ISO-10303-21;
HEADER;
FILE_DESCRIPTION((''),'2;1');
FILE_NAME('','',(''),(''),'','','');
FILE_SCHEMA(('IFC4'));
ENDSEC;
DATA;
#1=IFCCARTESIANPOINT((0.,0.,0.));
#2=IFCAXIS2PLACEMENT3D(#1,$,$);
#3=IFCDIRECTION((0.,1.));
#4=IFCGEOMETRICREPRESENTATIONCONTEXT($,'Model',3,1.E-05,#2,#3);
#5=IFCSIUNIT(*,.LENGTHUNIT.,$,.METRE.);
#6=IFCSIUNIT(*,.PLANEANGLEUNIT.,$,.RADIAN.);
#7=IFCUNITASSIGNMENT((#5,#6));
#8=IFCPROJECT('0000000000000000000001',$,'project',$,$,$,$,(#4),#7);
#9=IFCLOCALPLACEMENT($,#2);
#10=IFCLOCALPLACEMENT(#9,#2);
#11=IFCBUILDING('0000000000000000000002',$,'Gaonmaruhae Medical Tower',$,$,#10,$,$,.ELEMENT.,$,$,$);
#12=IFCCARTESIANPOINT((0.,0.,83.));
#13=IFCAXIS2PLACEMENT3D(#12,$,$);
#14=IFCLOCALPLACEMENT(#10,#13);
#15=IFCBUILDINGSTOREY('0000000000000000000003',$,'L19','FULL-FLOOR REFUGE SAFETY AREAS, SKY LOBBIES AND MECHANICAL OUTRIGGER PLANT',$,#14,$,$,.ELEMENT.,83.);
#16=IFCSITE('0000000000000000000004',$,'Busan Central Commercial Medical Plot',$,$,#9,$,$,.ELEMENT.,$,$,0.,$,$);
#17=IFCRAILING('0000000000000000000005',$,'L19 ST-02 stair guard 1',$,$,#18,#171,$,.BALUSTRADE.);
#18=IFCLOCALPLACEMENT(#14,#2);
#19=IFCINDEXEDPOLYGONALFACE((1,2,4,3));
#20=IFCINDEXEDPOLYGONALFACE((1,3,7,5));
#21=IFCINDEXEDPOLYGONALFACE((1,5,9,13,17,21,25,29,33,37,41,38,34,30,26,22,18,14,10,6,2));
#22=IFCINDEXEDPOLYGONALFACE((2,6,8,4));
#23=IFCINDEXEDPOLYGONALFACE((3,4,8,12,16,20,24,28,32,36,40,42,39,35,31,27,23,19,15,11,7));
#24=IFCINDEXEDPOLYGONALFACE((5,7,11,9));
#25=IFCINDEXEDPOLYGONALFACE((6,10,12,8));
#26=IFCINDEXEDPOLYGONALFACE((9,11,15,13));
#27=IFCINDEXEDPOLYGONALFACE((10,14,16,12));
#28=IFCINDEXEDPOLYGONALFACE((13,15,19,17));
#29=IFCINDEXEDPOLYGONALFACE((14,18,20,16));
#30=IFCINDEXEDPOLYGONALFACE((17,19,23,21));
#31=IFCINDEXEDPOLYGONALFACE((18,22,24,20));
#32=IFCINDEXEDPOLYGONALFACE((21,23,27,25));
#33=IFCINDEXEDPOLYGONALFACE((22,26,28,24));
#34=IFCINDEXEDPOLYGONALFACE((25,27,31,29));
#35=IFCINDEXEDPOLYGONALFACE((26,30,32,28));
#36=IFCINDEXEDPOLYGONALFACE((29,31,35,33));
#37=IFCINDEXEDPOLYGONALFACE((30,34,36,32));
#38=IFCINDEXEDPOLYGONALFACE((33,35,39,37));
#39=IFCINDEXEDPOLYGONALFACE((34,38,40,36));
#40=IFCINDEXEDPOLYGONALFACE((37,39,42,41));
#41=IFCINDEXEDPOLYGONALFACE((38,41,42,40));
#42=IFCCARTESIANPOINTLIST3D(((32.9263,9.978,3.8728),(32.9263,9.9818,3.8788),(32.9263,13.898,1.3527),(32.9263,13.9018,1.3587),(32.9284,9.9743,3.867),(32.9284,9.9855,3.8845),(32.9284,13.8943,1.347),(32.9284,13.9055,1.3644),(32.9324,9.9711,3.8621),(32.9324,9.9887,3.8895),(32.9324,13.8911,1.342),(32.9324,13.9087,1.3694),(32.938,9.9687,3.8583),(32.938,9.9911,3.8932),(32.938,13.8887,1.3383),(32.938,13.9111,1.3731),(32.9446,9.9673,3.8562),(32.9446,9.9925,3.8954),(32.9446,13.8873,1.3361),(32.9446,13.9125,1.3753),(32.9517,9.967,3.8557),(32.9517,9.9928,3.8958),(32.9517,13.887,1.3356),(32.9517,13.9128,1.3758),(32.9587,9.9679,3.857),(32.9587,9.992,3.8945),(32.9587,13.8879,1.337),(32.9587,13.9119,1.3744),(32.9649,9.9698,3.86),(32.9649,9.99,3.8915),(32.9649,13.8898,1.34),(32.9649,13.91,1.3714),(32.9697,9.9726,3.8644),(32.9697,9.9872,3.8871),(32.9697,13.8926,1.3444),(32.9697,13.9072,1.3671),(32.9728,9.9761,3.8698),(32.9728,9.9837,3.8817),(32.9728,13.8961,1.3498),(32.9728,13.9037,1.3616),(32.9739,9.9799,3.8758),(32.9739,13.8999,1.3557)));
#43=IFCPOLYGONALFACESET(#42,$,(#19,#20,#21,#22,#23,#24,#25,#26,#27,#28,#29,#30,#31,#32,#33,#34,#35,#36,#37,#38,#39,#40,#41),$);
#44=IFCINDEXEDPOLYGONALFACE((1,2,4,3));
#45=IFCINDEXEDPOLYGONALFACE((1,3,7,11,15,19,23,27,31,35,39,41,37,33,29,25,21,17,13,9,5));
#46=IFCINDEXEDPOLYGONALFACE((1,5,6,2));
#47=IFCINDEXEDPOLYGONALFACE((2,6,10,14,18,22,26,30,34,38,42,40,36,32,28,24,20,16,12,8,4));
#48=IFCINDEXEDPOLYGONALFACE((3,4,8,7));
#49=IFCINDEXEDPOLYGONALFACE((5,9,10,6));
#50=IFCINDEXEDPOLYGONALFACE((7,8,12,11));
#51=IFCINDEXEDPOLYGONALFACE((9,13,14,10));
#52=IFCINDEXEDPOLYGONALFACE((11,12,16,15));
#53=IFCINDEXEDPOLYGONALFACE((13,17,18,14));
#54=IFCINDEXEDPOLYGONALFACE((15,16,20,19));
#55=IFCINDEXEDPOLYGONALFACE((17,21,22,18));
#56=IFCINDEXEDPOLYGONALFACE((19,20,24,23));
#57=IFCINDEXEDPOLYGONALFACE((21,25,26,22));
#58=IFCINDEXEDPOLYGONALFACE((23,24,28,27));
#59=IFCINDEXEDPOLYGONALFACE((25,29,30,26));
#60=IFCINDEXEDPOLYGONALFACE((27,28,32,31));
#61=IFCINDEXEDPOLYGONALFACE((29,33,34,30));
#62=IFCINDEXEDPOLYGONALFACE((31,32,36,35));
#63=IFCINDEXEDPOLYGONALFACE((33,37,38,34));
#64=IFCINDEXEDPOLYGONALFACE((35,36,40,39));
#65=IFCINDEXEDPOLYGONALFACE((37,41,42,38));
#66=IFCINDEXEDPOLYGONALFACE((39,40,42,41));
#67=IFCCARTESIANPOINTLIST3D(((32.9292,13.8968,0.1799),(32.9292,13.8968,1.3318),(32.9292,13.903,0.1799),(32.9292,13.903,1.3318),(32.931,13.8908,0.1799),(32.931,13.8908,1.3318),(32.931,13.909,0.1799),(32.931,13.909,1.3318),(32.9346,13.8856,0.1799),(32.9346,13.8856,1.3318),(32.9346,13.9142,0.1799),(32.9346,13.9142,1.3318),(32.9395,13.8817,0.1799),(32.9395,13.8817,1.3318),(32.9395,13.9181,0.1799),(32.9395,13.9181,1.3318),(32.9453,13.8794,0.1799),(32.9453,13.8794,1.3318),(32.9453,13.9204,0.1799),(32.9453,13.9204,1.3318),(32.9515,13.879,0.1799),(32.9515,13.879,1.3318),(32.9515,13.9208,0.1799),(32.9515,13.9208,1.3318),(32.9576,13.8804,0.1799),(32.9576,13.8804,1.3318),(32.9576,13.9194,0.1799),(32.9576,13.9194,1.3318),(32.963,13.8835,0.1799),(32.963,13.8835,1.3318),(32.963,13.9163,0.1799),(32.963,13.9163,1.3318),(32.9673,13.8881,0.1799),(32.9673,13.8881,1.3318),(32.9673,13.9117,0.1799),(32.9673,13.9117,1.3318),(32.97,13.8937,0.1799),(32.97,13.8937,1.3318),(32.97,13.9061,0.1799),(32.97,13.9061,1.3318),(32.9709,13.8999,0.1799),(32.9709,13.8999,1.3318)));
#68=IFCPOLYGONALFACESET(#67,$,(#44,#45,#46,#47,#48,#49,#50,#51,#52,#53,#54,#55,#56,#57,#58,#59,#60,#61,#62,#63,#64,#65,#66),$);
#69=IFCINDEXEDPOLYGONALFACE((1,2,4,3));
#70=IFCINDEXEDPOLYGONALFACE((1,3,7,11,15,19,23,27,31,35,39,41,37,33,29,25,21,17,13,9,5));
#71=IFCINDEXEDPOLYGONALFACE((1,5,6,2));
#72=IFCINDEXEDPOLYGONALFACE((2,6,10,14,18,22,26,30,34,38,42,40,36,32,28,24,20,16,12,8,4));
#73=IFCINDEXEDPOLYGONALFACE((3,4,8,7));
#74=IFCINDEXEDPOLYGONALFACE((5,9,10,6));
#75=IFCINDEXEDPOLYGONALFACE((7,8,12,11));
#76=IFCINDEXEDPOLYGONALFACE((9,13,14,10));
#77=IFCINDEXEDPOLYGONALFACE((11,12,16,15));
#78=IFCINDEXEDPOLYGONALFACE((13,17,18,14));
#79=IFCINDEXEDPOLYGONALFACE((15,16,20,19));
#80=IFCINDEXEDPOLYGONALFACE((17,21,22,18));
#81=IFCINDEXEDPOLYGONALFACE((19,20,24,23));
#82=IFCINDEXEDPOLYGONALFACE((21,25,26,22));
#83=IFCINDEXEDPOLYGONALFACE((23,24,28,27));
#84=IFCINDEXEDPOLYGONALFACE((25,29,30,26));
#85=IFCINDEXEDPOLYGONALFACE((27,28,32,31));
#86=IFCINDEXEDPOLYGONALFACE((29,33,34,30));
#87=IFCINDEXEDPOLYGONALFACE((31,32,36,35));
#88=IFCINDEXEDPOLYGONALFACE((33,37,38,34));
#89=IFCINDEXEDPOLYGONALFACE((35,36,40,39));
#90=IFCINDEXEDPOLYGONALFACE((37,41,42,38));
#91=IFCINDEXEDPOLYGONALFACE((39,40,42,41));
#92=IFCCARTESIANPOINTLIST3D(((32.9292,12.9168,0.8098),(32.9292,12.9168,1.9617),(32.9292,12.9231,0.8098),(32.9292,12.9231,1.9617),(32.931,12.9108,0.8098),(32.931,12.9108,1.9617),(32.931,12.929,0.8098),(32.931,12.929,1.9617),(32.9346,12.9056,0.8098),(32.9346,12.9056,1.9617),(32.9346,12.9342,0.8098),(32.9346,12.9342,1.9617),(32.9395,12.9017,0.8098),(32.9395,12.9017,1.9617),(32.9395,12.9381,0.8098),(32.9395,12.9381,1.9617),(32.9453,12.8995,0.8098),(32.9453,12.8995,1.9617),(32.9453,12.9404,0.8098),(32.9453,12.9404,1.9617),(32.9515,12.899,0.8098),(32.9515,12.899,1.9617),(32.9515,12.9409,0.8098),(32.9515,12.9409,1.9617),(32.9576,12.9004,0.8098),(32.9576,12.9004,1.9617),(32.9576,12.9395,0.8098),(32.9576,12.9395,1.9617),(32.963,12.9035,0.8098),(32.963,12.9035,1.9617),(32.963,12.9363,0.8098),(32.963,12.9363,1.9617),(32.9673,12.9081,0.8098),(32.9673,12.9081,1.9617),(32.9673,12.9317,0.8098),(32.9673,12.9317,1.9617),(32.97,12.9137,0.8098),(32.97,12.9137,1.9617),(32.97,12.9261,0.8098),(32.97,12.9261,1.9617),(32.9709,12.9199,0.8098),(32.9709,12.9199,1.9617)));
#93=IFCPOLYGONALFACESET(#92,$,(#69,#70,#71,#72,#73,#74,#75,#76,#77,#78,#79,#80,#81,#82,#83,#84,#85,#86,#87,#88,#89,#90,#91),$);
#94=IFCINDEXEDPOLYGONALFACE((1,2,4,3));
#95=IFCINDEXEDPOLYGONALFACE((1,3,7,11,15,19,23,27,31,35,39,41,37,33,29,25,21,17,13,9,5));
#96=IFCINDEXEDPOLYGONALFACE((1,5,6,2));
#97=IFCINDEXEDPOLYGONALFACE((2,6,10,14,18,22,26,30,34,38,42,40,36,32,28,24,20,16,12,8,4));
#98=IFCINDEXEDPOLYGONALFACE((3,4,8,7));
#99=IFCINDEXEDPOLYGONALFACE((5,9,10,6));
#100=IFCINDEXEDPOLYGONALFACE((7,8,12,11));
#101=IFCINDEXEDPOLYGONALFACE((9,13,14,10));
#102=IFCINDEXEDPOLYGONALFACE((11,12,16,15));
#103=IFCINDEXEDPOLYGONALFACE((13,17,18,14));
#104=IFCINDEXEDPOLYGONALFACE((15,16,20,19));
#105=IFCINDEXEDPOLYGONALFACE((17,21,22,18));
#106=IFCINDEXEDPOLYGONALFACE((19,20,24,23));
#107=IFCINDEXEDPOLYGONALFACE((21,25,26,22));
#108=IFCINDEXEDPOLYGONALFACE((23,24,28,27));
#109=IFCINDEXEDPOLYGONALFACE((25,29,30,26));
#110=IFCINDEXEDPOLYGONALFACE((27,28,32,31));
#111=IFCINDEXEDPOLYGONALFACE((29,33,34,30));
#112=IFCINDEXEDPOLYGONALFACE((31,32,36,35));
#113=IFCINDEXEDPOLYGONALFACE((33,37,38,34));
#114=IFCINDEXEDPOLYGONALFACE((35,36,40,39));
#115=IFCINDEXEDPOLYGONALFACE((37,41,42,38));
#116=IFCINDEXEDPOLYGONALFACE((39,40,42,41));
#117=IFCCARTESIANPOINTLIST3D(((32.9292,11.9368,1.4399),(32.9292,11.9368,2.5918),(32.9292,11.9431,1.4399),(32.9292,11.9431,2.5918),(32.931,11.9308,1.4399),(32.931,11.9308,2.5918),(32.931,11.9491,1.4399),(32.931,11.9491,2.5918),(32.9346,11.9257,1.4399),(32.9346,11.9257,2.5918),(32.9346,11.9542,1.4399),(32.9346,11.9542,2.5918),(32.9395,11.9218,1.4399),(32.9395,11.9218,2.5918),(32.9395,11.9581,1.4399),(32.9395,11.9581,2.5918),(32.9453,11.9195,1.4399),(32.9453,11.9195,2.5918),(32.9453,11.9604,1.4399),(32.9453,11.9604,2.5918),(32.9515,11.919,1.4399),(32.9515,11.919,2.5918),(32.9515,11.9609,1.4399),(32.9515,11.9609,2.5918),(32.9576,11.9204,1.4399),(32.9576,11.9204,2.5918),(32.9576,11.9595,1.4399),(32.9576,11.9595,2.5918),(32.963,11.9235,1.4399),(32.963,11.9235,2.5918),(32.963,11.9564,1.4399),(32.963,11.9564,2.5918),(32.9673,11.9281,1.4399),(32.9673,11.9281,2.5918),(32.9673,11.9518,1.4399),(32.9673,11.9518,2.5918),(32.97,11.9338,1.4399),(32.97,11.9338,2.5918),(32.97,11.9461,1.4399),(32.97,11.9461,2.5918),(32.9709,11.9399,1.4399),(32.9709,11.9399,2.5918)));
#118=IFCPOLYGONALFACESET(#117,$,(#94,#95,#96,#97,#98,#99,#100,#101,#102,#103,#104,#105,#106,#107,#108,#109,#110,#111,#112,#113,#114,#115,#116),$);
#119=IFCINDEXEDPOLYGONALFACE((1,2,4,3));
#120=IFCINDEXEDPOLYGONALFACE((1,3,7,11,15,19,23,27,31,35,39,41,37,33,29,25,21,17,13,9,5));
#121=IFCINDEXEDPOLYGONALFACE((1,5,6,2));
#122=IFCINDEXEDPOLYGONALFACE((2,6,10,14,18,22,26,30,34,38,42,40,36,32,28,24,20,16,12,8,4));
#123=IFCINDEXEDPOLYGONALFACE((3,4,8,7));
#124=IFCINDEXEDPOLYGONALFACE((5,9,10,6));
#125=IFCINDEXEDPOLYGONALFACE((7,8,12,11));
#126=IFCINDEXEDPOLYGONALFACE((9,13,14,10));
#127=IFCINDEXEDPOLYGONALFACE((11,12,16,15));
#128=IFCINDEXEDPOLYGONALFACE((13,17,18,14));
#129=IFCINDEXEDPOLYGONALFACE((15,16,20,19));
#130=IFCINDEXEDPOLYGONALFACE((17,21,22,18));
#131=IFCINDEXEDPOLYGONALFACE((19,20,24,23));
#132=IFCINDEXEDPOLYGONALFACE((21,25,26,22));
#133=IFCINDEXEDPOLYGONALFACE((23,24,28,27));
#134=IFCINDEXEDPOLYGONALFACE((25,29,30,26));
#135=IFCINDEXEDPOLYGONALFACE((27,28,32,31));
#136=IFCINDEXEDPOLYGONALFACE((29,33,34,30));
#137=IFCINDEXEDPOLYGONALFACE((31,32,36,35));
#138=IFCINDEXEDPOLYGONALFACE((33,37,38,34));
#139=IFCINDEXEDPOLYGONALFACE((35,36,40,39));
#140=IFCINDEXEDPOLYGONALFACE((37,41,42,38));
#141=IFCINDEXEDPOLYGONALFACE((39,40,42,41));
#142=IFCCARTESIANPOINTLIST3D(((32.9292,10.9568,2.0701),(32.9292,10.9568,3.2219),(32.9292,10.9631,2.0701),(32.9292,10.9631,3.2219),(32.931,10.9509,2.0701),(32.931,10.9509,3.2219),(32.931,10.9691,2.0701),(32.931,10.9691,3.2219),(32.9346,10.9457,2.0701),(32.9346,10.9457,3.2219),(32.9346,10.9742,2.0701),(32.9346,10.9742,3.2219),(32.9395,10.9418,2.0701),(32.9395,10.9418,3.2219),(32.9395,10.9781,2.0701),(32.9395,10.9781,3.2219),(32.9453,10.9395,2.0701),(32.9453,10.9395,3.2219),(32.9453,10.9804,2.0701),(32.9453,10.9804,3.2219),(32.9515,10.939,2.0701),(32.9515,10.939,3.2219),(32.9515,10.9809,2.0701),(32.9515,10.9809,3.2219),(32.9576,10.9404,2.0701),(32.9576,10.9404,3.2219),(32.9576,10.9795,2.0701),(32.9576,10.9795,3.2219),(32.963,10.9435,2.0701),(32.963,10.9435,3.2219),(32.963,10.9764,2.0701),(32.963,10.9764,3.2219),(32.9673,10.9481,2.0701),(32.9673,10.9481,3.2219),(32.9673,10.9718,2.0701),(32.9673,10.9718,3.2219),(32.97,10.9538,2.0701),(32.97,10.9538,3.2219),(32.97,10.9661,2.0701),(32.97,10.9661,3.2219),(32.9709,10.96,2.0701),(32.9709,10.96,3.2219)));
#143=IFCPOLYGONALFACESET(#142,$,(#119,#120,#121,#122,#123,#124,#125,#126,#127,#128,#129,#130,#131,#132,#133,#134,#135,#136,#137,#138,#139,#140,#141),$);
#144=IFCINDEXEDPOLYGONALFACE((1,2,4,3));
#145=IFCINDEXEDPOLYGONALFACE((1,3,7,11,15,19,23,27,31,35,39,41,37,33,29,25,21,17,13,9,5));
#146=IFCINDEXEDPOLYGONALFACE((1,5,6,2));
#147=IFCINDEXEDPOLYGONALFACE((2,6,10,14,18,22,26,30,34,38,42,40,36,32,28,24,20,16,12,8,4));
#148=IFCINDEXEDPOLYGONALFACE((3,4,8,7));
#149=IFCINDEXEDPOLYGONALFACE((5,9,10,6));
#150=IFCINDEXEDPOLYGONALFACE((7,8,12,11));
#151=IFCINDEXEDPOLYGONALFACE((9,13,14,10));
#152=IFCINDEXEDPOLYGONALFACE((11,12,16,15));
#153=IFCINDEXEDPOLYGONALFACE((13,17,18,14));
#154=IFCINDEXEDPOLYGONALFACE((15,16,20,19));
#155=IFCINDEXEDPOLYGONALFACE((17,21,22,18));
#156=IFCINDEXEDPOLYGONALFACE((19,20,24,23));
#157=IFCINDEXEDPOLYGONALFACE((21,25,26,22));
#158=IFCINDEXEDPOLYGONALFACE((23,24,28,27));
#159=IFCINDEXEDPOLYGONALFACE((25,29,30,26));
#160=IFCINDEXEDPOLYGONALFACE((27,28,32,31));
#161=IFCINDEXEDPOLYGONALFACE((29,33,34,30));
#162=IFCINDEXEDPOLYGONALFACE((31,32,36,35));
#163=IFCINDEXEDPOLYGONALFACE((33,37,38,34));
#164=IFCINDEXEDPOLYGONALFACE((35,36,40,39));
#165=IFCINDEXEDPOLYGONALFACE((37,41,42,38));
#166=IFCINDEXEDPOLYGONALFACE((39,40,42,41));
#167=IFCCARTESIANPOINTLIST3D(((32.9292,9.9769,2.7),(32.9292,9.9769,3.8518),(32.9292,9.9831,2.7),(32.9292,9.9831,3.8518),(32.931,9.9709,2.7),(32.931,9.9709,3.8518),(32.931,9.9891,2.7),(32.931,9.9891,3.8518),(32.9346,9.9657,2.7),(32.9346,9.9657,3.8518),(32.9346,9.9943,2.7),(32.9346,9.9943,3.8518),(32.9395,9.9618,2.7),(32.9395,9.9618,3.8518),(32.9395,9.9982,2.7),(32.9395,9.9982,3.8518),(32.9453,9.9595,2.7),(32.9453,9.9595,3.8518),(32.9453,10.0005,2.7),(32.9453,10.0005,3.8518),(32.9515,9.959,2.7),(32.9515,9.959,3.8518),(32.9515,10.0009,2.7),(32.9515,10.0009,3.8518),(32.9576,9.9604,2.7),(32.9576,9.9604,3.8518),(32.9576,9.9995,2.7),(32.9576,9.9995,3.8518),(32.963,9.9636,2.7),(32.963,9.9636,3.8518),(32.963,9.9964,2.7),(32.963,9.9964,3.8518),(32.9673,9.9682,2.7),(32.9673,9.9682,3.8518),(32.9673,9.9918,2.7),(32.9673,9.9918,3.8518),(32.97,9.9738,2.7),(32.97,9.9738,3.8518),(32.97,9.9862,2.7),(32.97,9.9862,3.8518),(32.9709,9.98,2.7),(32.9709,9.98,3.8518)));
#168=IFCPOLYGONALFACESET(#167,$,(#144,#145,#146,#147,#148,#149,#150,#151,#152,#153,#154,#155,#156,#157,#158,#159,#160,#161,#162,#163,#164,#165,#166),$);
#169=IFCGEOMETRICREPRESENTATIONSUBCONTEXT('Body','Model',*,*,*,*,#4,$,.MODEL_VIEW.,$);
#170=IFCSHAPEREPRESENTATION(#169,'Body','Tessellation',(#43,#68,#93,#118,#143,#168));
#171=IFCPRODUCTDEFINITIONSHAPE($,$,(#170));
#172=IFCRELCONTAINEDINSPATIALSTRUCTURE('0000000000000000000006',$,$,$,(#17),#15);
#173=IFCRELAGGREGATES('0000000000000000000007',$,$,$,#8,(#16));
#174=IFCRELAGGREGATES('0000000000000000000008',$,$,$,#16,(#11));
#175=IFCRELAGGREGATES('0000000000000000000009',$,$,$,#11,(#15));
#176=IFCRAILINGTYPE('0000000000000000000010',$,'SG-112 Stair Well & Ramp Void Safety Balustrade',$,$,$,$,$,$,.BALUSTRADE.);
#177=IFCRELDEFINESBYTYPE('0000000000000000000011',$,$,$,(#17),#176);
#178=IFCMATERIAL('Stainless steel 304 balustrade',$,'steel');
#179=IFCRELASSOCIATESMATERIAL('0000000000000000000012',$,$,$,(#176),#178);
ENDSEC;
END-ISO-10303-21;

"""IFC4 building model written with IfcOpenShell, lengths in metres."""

from ifc_helpers import new_model, si_unit, direction, frame, origin, origin_2d, place, context, subcontext, project, spatial, circle, extrude, material, type_object, element, save


model = new_model("IFC4")

# Units and contexts
model_context = context("Model", 3, precision=1e-05, world=origin(), true_north=direction((0.0, 1.0)))
body_context = subcontext(model_context, "Body", "Model", "MODEL_VIEW")
ifc_project = project(units=[si_unit("LENGTHUNIT", "METRE"), si_unit("PLANEANGLEUNIT", "RADIAN")], contexts=[model_context])

# Site, building, storey
site_placement = place(None, origin())
site = spatial("IfcSite", under=ifc_project, at=site_placement, Name="Busan Central Commercial Medical Plot", CompositionType="ELEMENT", RefElevation=0.0)
building_placement = place(site_placement, origin())
building = spatial("IfcBuilding", under=site, at=building_placement, Name="Gaonmaruhae Medical Tower", CompositionType="ELEMENT")
storey_placement = place(building_placement, frame((0.0, 0.0, 83.0)))
storey = spatial("IfcBuildingStorey", under=building, at=storey_placement, Name="L19", Description="FULL-FLOOR REFUGE SAFETY AREAS, SKY LOBBIES AND MECHANICAL OUTRIGGER PLANT", CompositionType="ELEMENT", Elevation=83.0)

# Railing
ifc_material_1 = material(Name="Stainless steel 304 balustrade", Category="steel")
railing_type_1 = type_object("IfcRailingType", Name="SG-112 Stair Well & Ramp Void Safety Balustrade", PredefinedType="BALUSTRADE", material=ifc_material_1)
railing_1_placement = place(storey_placement, frame((32.95, 13.8999, 0.1799)))
element("IfcRailing", 1, at=railing_1_placement, inside=storey, type_object=railing_type_1, Name="L19 ST-02 stair guard 1", PredefinedType="BALUSTRADE", context=body_context, shape_type="SweptSolid", body=[
    extrude(circle(Radius=0.0239, at=origin_2d()), frame((0.0, 0.0, 1.1758), z_axis=(0.0, -0.841172, 0.540768), x_axis=(1.0, 0.0, 0.0)), (0.0, 0.0, 1.0), 4.6602),
    extrude(circle(Radius=0.021, at=origin_2d()), origin(), (0.0, 0.0, 1.0), 1.1519),
    extrude(circle(Radius=0.021, at=origin_2d()), frame((0.0, -0.98, 0.6299)), (0.0, 0.0, 1.0), 1.1519),
    extrude(circle(Radius=0.021, at=origin_2d()), frame((0.0, -1.96, 1.26)), (0.0, 0.0, 1.0), 1.1519),
    extrude(circle(Radius=0.021, at=origin_2d()), frame((0.0, -2.9399, 1.8901)), (0.0, 0.0, 1.0), 1.1519),
    extrude(circle(Radius=0.021, at=origin_2d()), frame((0.0, -3.9199, 2.52)), (0.0, 0.0, 1.0), 1.1519),
])

save(model, "model.ifc")
